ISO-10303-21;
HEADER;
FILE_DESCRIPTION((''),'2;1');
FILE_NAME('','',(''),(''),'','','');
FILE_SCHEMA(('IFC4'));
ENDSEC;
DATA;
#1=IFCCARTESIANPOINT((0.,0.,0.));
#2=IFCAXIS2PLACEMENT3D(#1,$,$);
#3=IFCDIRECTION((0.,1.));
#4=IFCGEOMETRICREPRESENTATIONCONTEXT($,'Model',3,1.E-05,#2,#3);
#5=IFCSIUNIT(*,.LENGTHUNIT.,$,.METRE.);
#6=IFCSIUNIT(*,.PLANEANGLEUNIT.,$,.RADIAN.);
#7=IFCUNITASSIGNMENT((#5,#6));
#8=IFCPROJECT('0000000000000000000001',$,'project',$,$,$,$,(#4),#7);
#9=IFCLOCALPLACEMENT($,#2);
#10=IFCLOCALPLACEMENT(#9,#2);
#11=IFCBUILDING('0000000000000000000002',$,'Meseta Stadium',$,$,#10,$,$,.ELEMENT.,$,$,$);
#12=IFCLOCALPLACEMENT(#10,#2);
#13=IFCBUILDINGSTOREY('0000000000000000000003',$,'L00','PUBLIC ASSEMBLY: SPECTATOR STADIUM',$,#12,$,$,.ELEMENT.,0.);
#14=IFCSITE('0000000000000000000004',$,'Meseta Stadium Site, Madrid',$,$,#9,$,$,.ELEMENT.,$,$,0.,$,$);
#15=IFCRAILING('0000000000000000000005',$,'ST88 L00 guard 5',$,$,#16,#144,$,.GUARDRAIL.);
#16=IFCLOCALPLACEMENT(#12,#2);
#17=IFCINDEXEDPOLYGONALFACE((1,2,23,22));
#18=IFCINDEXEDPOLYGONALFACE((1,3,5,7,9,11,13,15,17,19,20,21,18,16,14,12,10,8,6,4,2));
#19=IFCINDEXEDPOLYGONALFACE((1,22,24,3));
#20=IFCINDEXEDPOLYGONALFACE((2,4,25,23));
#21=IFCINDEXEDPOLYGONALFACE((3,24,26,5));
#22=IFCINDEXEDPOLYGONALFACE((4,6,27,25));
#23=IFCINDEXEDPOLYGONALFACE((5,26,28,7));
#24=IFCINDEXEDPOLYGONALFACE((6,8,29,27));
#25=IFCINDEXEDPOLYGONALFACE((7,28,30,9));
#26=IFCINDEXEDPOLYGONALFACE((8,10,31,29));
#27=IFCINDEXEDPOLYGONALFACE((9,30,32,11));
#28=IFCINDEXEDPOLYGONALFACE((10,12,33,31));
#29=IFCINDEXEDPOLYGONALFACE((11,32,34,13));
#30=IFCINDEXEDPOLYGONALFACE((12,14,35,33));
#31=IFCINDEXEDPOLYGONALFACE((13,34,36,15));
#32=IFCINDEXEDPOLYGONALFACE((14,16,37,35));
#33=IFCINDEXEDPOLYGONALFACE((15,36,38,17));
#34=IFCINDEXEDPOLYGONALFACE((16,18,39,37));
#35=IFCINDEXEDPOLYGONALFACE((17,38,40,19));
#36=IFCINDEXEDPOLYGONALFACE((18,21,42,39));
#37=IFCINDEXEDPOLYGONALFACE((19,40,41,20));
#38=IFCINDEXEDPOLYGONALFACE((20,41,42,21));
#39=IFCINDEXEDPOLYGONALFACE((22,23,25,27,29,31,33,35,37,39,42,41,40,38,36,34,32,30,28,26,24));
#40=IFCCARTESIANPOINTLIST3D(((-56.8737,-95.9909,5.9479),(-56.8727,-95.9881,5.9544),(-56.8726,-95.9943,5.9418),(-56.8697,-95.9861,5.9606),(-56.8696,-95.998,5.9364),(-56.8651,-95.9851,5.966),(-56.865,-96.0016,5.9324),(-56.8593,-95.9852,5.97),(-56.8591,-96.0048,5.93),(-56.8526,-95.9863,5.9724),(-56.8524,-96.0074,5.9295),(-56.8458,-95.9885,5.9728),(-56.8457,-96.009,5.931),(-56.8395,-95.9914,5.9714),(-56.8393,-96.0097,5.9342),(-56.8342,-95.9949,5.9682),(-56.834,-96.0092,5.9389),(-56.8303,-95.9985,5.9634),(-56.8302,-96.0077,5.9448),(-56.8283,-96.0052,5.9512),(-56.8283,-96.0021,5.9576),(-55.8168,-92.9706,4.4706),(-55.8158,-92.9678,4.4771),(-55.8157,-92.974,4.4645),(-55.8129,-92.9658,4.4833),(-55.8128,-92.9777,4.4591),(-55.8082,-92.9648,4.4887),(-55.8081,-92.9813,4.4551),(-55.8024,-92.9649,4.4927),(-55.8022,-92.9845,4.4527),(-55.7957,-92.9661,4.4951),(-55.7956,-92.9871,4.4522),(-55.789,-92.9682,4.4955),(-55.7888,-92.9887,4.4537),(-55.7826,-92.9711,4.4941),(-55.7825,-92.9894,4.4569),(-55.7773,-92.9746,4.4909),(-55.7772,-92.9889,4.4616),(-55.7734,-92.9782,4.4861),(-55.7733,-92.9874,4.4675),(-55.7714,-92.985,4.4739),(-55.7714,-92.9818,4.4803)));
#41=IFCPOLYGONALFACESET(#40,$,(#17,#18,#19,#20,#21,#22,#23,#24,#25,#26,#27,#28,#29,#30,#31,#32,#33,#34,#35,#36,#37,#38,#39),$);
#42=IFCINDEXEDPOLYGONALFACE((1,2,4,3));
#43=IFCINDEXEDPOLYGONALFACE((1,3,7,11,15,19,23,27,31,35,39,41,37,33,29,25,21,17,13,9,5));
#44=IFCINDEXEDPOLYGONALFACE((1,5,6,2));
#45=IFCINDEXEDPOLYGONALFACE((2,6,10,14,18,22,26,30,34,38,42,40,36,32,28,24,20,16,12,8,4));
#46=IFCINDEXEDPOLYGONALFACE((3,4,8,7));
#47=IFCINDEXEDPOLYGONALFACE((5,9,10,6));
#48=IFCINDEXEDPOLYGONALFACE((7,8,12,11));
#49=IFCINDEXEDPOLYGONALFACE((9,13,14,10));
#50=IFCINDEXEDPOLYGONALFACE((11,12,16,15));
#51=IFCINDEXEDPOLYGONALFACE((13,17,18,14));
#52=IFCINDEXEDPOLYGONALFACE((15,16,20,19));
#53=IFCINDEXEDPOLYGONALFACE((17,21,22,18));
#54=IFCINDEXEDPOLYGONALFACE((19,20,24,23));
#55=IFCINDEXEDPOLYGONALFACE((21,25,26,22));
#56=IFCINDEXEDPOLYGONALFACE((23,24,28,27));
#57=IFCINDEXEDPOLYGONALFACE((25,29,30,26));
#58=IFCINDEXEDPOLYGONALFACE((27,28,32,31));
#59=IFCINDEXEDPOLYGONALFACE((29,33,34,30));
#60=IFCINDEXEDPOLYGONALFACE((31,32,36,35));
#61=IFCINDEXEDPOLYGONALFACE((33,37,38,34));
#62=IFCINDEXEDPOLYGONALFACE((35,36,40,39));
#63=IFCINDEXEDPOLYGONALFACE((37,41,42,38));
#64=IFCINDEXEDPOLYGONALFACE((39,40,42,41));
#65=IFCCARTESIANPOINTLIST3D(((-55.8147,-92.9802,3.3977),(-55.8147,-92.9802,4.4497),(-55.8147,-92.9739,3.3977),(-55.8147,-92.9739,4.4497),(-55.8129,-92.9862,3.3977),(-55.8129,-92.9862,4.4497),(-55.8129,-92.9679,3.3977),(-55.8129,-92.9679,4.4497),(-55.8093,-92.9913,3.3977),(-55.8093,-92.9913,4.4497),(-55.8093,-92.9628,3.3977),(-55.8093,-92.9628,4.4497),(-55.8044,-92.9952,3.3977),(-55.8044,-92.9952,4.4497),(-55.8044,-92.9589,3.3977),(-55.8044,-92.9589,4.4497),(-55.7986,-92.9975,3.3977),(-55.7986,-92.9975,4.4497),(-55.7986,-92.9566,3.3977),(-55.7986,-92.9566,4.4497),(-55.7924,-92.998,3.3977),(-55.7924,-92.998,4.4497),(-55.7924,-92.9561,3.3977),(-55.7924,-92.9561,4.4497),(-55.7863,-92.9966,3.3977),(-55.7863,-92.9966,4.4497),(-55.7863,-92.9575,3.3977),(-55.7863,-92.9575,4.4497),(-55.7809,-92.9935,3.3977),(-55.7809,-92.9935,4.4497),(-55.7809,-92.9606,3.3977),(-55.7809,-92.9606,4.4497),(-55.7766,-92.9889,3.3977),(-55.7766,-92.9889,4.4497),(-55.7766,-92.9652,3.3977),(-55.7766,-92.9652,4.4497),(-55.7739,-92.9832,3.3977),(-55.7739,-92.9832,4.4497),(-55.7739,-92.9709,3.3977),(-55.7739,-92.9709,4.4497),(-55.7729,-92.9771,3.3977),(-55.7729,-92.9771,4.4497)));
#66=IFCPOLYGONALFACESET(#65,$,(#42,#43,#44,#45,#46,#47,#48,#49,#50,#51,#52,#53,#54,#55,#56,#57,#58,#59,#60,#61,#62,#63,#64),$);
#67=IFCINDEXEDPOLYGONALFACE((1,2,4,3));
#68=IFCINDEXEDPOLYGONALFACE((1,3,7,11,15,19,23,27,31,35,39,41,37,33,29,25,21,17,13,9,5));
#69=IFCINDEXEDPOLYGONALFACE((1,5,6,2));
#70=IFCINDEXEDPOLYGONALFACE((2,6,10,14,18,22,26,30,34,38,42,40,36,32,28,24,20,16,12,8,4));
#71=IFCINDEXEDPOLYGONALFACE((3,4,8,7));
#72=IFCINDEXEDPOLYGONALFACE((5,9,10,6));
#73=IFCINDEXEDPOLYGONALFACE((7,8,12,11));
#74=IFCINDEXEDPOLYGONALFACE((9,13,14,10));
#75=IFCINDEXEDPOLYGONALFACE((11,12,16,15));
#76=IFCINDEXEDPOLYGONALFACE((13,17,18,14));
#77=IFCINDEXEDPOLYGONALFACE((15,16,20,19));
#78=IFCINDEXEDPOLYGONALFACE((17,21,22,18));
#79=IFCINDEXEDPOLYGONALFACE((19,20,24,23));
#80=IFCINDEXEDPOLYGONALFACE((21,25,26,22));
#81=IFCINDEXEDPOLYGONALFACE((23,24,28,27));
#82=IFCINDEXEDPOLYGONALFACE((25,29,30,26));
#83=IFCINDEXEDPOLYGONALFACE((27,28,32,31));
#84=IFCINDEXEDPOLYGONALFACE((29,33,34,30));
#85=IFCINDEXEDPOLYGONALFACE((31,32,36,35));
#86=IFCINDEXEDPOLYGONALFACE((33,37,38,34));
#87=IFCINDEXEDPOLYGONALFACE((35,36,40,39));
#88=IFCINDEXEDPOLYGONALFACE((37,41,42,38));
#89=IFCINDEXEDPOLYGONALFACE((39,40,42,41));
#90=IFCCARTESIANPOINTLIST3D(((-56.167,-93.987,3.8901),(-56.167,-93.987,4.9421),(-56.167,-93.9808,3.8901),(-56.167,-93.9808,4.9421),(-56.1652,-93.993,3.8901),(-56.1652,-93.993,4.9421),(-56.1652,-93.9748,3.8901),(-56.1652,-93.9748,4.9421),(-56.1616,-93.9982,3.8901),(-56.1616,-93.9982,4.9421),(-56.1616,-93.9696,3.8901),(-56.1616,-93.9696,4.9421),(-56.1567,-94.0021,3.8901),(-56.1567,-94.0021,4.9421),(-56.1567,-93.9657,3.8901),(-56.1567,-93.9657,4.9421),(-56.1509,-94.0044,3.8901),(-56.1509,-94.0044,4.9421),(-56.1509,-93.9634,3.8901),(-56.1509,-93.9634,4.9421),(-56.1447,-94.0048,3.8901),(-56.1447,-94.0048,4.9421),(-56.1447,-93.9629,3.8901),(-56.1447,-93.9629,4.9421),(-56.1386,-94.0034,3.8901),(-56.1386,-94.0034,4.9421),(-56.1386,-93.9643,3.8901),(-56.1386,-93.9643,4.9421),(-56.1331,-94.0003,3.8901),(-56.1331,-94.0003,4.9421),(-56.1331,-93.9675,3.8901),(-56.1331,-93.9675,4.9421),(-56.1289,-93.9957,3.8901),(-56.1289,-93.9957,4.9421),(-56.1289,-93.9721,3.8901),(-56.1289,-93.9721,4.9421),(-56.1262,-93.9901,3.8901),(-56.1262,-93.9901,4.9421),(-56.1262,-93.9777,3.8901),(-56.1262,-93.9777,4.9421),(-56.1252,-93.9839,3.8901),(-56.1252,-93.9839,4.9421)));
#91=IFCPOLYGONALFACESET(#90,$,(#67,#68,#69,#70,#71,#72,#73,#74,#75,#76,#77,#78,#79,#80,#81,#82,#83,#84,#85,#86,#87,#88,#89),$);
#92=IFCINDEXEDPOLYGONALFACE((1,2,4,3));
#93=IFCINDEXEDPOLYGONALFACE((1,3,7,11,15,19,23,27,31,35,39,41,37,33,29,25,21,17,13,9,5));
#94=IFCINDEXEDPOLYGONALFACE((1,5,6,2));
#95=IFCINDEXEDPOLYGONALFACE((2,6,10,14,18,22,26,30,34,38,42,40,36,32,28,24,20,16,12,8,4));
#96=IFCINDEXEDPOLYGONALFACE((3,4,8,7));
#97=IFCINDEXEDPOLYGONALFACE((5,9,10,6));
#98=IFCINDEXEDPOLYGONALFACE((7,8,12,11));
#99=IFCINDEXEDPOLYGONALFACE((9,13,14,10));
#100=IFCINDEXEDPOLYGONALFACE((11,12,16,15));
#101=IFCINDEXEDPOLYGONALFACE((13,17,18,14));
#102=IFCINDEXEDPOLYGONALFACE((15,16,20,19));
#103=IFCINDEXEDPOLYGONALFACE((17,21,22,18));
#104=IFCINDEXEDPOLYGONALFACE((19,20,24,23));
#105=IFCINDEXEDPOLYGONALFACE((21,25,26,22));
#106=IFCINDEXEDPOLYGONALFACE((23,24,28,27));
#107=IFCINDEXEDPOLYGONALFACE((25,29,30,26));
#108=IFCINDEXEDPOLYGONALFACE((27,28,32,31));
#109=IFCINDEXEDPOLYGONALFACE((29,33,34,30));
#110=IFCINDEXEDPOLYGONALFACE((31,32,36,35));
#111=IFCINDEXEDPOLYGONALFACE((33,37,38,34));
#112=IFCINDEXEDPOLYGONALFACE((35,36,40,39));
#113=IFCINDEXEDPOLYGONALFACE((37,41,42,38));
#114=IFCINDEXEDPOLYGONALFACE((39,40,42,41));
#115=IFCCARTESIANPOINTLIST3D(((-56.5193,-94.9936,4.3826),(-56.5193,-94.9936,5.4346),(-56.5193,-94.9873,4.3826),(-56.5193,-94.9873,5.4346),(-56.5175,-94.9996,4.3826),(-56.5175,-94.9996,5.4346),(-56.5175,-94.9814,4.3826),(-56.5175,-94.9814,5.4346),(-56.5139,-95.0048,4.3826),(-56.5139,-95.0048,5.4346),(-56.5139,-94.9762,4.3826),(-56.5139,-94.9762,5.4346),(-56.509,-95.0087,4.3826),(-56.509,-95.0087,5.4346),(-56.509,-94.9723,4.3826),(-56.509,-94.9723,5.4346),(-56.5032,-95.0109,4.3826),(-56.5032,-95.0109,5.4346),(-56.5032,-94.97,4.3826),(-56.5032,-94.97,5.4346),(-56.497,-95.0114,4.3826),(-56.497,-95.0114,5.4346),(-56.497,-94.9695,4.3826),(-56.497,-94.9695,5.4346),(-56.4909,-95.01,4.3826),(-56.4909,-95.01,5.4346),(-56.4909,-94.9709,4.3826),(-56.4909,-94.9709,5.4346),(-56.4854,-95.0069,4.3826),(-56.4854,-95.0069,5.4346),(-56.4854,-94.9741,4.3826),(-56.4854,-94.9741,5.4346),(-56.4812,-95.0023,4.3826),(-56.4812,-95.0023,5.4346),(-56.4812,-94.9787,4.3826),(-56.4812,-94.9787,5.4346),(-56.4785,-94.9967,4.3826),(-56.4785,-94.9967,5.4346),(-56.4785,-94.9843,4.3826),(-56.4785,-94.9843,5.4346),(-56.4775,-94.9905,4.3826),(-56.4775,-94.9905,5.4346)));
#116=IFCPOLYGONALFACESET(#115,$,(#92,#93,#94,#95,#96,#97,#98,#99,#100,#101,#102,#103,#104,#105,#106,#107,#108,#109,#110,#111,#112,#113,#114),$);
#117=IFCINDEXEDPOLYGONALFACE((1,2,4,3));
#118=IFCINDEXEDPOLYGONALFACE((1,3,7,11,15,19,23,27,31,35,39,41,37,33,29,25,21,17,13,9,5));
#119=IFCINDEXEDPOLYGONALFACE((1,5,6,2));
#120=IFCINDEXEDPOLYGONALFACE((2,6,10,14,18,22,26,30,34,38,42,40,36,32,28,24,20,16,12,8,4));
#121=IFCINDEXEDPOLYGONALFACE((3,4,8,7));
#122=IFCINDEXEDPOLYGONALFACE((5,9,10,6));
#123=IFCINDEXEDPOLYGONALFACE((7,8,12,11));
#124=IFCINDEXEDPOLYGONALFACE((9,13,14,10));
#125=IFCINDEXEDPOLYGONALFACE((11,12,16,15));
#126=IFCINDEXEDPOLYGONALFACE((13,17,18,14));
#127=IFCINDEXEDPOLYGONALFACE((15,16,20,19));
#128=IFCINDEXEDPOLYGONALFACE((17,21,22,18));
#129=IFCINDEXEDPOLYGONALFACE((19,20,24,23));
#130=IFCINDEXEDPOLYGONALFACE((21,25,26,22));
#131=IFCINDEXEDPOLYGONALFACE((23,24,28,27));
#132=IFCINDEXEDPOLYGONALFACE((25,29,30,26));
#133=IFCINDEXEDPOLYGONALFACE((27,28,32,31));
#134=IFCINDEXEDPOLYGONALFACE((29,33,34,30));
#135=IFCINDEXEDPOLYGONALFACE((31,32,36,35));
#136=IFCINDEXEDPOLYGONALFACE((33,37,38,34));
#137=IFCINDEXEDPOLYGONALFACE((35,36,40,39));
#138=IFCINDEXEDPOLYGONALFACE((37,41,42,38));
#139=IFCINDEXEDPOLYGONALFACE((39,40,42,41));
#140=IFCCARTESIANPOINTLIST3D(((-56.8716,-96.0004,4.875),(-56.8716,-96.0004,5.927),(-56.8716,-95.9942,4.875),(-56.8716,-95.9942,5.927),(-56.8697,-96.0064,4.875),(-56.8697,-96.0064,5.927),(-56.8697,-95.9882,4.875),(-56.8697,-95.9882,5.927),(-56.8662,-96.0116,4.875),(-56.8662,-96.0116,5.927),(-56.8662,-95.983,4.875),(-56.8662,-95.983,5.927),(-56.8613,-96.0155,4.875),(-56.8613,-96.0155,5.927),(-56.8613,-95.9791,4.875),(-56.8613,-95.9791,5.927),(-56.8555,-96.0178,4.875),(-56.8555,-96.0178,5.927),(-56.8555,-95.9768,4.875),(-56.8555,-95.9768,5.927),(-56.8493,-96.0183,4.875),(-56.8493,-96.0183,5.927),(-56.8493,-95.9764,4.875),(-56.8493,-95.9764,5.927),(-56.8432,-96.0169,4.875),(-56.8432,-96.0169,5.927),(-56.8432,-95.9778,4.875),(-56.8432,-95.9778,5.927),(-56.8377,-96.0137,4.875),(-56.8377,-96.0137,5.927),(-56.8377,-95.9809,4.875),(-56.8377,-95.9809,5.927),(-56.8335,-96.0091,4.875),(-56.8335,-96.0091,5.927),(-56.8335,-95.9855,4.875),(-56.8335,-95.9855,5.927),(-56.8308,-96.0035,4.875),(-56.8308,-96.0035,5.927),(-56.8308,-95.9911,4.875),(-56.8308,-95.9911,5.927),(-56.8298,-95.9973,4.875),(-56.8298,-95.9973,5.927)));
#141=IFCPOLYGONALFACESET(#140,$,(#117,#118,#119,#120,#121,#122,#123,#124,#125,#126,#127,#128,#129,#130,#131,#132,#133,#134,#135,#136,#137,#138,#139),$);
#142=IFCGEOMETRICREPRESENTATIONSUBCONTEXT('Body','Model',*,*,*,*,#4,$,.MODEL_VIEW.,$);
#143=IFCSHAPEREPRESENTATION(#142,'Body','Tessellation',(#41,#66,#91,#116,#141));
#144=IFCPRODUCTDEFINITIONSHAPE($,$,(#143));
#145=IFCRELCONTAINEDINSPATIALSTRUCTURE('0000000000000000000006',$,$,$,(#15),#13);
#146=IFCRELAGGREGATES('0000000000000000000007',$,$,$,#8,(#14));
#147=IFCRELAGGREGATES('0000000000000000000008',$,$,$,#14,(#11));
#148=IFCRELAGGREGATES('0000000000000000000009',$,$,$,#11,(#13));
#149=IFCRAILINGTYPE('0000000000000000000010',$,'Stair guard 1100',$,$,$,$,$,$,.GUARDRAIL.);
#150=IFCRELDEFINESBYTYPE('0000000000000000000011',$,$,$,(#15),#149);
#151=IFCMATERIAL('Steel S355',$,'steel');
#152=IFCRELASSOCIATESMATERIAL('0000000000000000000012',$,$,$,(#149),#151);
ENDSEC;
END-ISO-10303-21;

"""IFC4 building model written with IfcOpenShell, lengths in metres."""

from ifc_helpers import new_model, si_unit, direction, frame, origin, origin_2d, place, context, subcontext, project, spatial, circle, extrude, material, type_object, element, save


model = new_model("IFC4")

# Units and contexts
model_context = context("Model", 3, precision=1e-05, world=origin(), true_north=direction((0.0, 1.0)))
body_context = subcontext(model_context, "Body", "Model", "MODEL_VIEW")
ifc_project = project(units=[si_unit("LENGTHUNIT", "METRE"), si_unit("PLANEANGLEUNIT", "RADIAN")], contexts=[model_context])

# Site, building, storey
site_placement = place(None, origin())
site = spatial("IfcSite", under=ifc_project, at=site_placement, Name="Meseta Stadium Site, Madrid", CompositionType="ELEMENT", RefElevation=0.0)
building_placement = place(site_placement, origin())
building = spatial("IfcBuilding", under=site, at=building_placement, Name="Meseta Stadium", CompositionType="ELEMENT")
storey_placement = place(building_placement, origin())
storey = spatial("IfcBuildingStorey", under=building, at=storey_placement, Name="L00", Description="PUBLIC ASSEMBLY: SPECTATOR STADIUM", CompositionType="ELEMENT", Elevation=0.0)

# Railing
ifc_material_1 = material(Name="Steel S355", Category="steel")
railing_type_1 = type_object("IfcRailingType", Name="Stair guard 1100", PredefinedType="GUARDRAIL", material=ifc_material_1)
railing_1_placement = place(storey_placement, frame((-55.7939, -92.9771, 3.3977)))
element("IfcRailing", 1, at=railing_1_placement, inside=storey, type_object=railing_type_1, Name="ST88 L00 guard 5", PredefinedType="GUARDRAIL", context=body_context, shape_type="SweptSolid", body=[
    extrude(circle(Radius=0.0239, at=origin_2d()), frame((0.0, 0.0, 1.0762), z_axis=(-0.299876, -0.856958, 0.419162), x_axis=(0.943879, -0.330293, 0.0)), (0.0, 0.0, 1.0), 3.5244),
    extrude(circle(Radius=0.021, at=origin_2d()), origin(), (0.0, 0.0, 1.0), 1.052),
    extrude(circle(Radius=0.021, at=origin_2d()), frame((-0.3523, -1.0068, 0.4924)), (0.0, 0.0, 1.0), 1.052),
    extrude(circle(Radius=0.021, at=origin_2d()), frame((-0.7046, -2.0134, 0.9849)), (0.0, 0.0, 1.0), 1.052),
    extrude(circle(Radius=0.021, at=origin_2d()), frame((-1.0569, -3.0203, 1.4773)), (0.0, 0.0, 1.0), 1.052),
])

save(model, "model.ifc")
